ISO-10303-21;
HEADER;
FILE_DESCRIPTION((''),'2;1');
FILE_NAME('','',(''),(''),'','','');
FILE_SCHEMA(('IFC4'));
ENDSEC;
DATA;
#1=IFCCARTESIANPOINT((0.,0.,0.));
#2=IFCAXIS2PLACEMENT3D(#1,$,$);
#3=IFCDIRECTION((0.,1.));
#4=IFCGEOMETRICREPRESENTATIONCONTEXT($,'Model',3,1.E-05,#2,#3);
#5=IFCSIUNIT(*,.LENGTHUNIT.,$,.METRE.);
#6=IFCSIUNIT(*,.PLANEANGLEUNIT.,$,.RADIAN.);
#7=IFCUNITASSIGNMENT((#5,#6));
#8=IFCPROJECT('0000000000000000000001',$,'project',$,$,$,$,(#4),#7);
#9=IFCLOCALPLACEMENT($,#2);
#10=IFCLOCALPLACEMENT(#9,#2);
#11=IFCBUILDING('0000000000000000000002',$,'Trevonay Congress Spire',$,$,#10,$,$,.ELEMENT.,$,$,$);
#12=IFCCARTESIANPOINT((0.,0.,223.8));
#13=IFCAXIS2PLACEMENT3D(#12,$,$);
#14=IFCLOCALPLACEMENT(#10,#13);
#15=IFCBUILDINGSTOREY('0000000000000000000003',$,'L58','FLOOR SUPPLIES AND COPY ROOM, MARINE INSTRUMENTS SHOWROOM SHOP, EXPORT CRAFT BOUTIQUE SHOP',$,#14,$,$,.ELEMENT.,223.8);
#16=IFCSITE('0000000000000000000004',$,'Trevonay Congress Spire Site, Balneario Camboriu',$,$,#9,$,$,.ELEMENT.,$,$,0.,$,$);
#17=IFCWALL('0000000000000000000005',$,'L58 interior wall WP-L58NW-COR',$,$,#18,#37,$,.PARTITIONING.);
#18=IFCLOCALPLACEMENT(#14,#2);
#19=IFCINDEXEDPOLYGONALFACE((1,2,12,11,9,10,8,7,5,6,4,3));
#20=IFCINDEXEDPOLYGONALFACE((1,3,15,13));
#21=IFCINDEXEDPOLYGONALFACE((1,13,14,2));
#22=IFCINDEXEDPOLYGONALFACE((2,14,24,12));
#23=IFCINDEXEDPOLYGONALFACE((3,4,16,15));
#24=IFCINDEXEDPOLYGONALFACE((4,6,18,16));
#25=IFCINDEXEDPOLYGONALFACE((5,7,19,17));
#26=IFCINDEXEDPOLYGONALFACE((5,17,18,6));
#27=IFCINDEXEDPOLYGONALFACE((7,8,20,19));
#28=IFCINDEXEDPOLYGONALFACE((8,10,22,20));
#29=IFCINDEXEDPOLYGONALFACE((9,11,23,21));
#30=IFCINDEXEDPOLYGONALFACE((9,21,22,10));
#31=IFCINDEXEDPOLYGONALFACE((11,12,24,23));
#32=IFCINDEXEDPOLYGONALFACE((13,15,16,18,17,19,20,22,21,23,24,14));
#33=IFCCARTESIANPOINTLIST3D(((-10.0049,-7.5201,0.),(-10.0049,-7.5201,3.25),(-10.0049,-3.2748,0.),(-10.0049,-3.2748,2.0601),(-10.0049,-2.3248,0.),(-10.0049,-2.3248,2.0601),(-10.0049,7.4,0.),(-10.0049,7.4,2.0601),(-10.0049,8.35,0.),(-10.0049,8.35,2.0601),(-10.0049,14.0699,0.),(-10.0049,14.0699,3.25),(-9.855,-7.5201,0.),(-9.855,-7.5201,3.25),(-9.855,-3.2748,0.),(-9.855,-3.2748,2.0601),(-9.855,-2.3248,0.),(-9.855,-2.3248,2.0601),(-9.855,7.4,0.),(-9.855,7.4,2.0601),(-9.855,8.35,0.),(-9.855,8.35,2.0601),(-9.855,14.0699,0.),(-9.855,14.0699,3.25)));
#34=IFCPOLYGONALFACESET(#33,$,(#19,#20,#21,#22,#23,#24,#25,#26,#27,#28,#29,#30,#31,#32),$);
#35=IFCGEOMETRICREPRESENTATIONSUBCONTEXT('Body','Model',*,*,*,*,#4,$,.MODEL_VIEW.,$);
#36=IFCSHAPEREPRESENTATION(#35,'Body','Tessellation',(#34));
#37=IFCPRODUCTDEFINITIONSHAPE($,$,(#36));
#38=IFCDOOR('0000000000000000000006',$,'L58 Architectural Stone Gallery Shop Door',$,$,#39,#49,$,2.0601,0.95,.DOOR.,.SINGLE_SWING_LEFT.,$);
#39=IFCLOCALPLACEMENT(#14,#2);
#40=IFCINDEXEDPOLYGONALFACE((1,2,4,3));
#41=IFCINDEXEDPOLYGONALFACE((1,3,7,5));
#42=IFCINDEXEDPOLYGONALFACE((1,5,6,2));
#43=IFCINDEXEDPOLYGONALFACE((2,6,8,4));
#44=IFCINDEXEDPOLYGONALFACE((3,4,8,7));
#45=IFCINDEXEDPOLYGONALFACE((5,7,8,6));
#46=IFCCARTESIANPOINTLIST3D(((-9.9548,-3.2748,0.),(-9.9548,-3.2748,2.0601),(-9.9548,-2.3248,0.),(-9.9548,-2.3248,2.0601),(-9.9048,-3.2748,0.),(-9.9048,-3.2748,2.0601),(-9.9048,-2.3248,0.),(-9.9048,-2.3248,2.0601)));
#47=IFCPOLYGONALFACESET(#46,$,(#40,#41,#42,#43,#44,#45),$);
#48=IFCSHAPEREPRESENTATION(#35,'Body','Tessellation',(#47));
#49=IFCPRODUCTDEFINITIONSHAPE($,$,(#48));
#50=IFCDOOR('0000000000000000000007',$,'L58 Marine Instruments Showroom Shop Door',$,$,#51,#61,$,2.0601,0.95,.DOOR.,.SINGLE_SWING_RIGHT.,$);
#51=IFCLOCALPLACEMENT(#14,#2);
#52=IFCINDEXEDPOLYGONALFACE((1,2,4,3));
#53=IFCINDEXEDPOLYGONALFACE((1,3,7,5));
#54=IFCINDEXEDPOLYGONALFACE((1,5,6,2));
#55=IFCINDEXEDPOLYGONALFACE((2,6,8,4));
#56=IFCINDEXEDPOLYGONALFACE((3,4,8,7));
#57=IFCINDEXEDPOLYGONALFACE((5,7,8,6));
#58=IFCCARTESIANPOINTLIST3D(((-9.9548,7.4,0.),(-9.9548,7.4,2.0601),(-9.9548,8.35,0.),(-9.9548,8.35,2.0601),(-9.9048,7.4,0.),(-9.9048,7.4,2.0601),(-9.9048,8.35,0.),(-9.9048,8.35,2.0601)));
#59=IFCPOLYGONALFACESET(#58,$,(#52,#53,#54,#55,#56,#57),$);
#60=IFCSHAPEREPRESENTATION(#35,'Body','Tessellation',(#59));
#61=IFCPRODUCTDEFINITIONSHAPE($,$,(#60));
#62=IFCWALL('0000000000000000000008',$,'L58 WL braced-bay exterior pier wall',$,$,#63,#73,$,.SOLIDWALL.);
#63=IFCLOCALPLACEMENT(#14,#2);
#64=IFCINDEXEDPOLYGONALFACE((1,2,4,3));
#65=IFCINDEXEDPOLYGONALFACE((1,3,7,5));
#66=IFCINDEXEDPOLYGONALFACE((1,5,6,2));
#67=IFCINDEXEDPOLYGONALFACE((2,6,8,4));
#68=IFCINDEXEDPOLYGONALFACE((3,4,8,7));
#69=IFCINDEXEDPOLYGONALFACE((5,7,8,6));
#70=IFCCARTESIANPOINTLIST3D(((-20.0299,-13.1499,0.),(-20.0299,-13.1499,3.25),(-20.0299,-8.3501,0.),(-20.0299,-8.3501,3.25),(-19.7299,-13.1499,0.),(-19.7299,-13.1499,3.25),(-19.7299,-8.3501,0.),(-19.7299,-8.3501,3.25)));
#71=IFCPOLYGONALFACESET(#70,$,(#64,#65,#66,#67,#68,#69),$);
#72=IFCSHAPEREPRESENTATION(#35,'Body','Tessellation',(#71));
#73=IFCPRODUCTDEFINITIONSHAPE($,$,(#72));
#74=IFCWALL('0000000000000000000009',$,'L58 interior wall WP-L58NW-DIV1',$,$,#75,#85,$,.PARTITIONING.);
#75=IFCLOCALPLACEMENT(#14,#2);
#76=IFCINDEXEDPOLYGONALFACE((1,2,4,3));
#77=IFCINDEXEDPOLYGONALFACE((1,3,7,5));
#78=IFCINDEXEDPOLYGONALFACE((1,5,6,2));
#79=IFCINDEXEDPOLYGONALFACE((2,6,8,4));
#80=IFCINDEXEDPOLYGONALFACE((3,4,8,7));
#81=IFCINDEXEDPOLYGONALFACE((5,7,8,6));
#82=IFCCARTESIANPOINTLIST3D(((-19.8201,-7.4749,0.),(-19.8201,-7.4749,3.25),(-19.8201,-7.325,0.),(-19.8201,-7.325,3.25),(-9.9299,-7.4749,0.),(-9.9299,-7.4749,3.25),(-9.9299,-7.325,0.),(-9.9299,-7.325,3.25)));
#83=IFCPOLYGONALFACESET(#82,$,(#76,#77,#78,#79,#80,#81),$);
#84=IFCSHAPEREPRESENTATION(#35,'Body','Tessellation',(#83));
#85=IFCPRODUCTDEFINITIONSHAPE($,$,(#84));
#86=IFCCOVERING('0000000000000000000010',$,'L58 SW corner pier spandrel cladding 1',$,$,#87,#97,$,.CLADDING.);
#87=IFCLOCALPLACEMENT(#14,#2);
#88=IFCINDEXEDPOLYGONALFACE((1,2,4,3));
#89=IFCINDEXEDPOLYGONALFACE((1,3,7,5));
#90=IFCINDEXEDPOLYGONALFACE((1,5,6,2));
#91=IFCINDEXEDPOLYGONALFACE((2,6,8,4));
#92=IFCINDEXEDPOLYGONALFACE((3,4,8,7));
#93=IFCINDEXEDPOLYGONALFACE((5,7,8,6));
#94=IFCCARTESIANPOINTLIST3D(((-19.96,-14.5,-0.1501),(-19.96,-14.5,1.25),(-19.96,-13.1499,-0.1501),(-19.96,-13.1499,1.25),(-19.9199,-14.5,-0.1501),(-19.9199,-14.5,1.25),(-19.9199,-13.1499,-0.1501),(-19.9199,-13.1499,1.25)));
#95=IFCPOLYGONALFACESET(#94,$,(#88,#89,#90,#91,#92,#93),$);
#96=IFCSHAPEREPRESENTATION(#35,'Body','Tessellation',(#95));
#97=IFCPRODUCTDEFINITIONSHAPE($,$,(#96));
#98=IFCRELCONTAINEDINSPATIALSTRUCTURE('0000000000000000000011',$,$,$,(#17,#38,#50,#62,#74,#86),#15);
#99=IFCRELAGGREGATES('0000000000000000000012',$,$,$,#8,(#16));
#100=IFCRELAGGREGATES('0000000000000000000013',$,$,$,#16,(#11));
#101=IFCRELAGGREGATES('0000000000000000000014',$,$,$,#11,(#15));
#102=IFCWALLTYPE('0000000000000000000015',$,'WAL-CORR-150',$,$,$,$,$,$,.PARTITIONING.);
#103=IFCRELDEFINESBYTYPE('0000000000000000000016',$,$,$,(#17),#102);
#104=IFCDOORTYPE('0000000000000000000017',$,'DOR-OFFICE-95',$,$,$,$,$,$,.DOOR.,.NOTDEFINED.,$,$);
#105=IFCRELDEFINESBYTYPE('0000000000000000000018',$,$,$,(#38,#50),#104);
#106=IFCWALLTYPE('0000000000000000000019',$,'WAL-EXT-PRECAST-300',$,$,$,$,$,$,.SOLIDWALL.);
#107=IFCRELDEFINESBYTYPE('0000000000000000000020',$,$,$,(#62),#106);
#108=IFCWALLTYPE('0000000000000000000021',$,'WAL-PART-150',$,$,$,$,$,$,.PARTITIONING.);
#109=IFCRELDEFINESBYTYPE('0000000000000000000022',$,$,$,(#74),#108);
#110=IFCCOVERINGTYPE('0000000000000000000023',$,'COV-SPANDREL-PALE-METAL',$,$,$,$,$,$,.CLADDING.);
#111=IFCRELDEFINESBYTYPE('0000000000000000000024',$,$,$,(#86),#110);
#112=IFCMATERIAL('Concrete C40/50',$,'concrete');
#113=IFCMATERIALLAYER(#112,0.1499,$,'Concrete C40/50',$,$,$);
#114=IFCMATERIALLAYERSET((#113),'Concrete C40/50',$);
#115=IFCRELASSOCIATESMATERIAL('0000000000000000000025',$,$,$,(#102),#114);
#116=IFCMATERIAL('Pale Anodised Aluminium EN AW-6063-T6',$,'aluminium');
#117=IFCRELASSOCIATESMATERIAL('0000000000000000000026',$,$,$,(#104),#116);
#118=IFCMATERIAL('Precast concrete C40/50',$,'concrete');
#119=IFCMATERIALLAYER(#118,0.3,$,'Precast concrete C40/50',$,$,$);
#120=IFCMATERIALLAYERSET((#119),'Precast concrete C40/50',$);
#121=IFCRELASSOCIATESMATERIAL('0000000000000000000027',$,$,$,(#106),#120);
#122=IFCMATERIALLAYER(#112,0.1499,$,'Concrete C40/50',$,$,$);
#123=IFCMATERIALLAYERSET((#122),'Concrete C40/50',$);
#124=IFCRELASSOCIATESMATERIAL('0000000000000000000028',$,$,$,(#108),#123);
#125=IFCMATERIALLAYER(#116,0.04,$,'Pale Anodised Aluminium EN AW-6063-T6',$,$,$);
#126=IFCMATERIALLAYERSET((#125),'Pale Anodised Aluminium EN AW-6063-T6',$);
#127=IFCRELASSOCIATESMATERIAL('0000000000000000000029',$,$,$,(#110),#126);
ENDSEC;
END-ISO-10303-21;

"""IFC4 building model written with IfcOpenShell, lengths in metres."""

from ifc_helpers import new_model, si_unit, direction, frame, frame_2d, origin, place, context, subcontext, project, spatial, rectangle, extrude, material, layer, layer_set, type_object, element, fill, save


model = new_model("IFC4")

# Units and contexts
model_context = context("Model", 3, precision=1e-05, world=origin(), true_north=direction((0.0, 1.0)))
body_context = subcontext(model_context, "Body", "Model", "MODEL_VIEW")
ifc_project = project(units=[si_unit("LENGTHUNIT", "METRE"), si_unit("PLANEANGLEUNIT", "RADIAN")], contexts=[model_context])

# Site, building, storey
site_placement = place(None, origin())
site = spatial("IfcSite", under=ifc_project, at=site_placement, Name="Trevonay Congress Spire Site, Balneario Camboriu", CompositionType="ELEMENT", RefElevation=0.0)
building_placement = place(site_placement, origin())
building = spatial("IfcBuilding", under=site, at=building_placement, Name="Trevonay Congress Spire", CompositionType="ELEMENT")
storey_placement = place(building_placement, frame((0.0, 0.0, 223.8)))
storey = spatial("IfcBuildingStorey", under=building, at=storey_placement, Name="L58", Description="FLOOR SUPPLIES AND COPY ROOM, MARINE INSTRUMENTS SHOWROOM SHOP, EXPORT CRAFT BOUTIQUE SHOP", CompositionType="ELEMENT", Elevation=223.8)

# Shared definitions
ifc_material_1 = material(Name="Pale Anodised Aluminium EN AW-6063-T6", Category="aluminium")

# Shared definitions
ifc_material_2 = material(Name="Concrete C40/50", Category="concrete")
ifc_layer_1 = layer(ifc_material_2, 0.1499, Name="Concrete C40/50")
ifc_layer_set_1 = layer_set([ifc_layer_1], Name="Concrete C40/50")
wall_type_1 = type_object("IfcWallType", Name="WAL-CORR-150", PredefinedType="PARTITIONING", material=ifc_layer_set_1)
door_type = type_object("IfcDoorType", Name="DOR-OFFICE-95", OperationType="NOTDEFINED", PredefinedType="DOOR", material=ifc_material_1)

# Wall, openings, doors
wall_1_placement = place(storey_placement, frame((-9.9299, -7.52, 0.0), z_axis=(0.0, 0.0, 1.0), x_axis=(0.0, 1.0, 0.0)))
wall_1 = element("IfcWall", 1, at=wall_1_placement, inside=storey, type_object=wall_type_1, Name="L58 interior wall WP-L58NW-COR", PredefinedType="PARTITIONING", context=body_context, shape_type="SweptSolid", body=[
    extrude(rectangle(XDim=21.5901, YDim=0.1499, at=frame_2d((10.7949, 0.0))), origin(), (0.0, 0.0, 1.0), 3.25),
])
opening_1_placement = place(wall_1_placement, frame((4.2451, 0.0, 0.0)))
opening_1 = element("IfcOpeningElement", 2, at=opening_1_placement, cuts=wall_1, PredefinedType="OPENING", context=body_context, shape_type="SweptSolid", body=[
    extrude(rectangle(XDim=0.95, YDim=2.0601, at=frame_2d((0.4751, 1.03))), frame((0.0, 0.085, 0.0), z_axis=(0.0, -1.0, 0.0), x_axis=(1.0, 0.0, 0.0)), (0.0, 0.0, 1.0), 0.1699),
])
opening_2_placement = place(wall_1_placement, frame((14.9199, 0.0, 0.0)))
opening_2 = element("IfcOpeningElement", 3, at=opening_2_placement, cuts=wall_1, PredefinedType="OPENING", context=body_context, shape_type="SweptSolid", body=[
    extrude(rectangle(XDim=0.95, YDim=2.0601, at=frame_2d((0.4751, 1.03))), frame((0.0, 0.085, 0.0), z_axis=(0.0, -1.0, 0.0), x_axis=(1.0, 0.0, 0.0)), (0.0, 0.0, 1.0), 0.1699),
])
door_1_placement = place(opening_1_placement, origin())
door_1 = element("IfcDoor", 4, at=door_1_placement, inside=storey, type_object=door_type, Name="L58 Architectural Stone Gallery Shop Door", OperationType="SINGLE_SWING_LEFT", OverallHeight=2.0601, OverallWidth=0.95, PredefinedType="DOOR", context=body_context, shape_type="SweptSolid", body=[
    extrude(rectangle(XDim=0.95, YDim=2.0601, at=frame_2d((0.4751, 1.03))), frame((0.0, 0.0249, 0.0), z_axis=(0.0, -1.0, 0.0), x_axis=(1.0, 0.0, 0.0)), (0.0, 0.0, 1.0), 0.05),
])
fill(opening_1, door_1)
door_2_placement = place(opening_2_placement, origin())
door_2 = element("IfcDoor", 5, at=door_2_placement, inside=storey, type_object=door_type, Name="L58 Marine Instruments Showroom Shop Door", OperationType="SINGLE_SWING_RIGHT", OverallHeight=2.0601, OverallWidth=0.95, PredefinedType="DOOR", context=body_context, shape_type="SweptSolid", body=[
    extrude(rectangle(XDim=0.95, YDim=2.0601, at=frame_2d((0.4751, 1.03))), frame((0.0, 0.0249, 0.0), z_axis=(0.0, -1.0, 0.0), x_axis=(1.0, 0.0, 0.0)), (0.0, 0.0, 1.0), 0.05),
])
fill(opening_2, door_2)

# Walls
ifc_material_3 = material(Name="Precast concrete C40/50", Category="concrete")
ifc_layer_2 = layer(ifc_material_3, 0.3, Name="Precast concrete C40/50")
ifc_layer_set_2 = layer_set([ifc_layer_2], Name="Precast concrete C40/50")
wall_type_2 = type_object("IfcWallType", Name="WAL-EXT-PRECAST-300", PredefinedType="SOLIDWALL", material=ifc_layer_set_2)
wall_2_placement = place(storey_placement, frame((-19.8799, -13.1499, 0.0), z_axis=(0.0, 0.0, 1.0), x_axis=(0.0, 1.0, 0.0)))
element("IfcWall", 6, at=wall_2_placement, inside=storey, type_object=wall_type_2, Name="L58 WL braced-bay exterior pier wall", PredefinedType="SOLIDWALL", context=body_context, shape_type="SweptSolid", body=[
    extrude(rectangle(XDim=4.7998, YDim=0.3, at=frame_2d((2.3999, 0.0))), origin(), (0.0, 0.0, 1.0), 3.25),
])
ifc_layer_3 = layer(ifc_material_2, 0.1499, Name="Concrete C40/50")
ifc_layer_set_3 = layer_set([ifc_layer_3], Name="Concrete C40/50")
wall_type_3 = type_object("IfcWallType", Name="WAL-PART-150", PredefinedType="PARTITIONING", material=ifc_layer_set_3)
wall_3_placement = place(storey_placement, frame((-19.8201, -7.3999, 0.0), z_axis=(0.0, 0.0, 1.0), x_axis=(1.0, 0.0, 0.0)))
element("IfcWall", 7, at=wall_3_placement, inside=storey, type_object=wall_type_3, Name="L58 interior wall WP-L58NW-DIV1", PredefinedType="PARTITIONING", context=body_context, shape_type="SweptSolid", body=[
    extrude(rectangle(XDim=9.8901, YDim=0.1499, at=frame_2d((4.9451, 0.0))), origin(), (0.0, 0.0, 1.0), 3.25),
])

# Covering
ifc_layer_4 = layer(ifc_material_1, 0.04, Name="Pale Anodised Aluminium EN AW-6063-T6")
ifc_layer_set_4 = layer_set([ifc_layer_4], Name="Pale Anodised Aluminium EN AW-6063-T6")
covering_type = type_object("IfcCoveringType", Name="COV-SPANDREL-PALE-METAL", PredefinedType="CLADDING", material=ifc_layer_set_4)
covering_placement = place(storey_placement, frame((-19.9399, -13.1499, -0.1501), z_axis=(0.0, 0.0, 1.0), x_axis=(0.0, -1.0, 0.0)))
element("IfcCovering", 8, at=covering_placement, inside=storey, type_object=covering_type, Name="L58 SW corner pier spandrel cladding 1", PredefinedType="CLADDING", context=body_context, shape_type="SweptSolid", body=[
    extrude(rectangle(XDim=1.3501, YDim=0.04, at=frame_2d((0.675, 0.0))), origin(), (0.0, 0.0, 1.0), 1.4001),
])

save(model, "model.ifc")
